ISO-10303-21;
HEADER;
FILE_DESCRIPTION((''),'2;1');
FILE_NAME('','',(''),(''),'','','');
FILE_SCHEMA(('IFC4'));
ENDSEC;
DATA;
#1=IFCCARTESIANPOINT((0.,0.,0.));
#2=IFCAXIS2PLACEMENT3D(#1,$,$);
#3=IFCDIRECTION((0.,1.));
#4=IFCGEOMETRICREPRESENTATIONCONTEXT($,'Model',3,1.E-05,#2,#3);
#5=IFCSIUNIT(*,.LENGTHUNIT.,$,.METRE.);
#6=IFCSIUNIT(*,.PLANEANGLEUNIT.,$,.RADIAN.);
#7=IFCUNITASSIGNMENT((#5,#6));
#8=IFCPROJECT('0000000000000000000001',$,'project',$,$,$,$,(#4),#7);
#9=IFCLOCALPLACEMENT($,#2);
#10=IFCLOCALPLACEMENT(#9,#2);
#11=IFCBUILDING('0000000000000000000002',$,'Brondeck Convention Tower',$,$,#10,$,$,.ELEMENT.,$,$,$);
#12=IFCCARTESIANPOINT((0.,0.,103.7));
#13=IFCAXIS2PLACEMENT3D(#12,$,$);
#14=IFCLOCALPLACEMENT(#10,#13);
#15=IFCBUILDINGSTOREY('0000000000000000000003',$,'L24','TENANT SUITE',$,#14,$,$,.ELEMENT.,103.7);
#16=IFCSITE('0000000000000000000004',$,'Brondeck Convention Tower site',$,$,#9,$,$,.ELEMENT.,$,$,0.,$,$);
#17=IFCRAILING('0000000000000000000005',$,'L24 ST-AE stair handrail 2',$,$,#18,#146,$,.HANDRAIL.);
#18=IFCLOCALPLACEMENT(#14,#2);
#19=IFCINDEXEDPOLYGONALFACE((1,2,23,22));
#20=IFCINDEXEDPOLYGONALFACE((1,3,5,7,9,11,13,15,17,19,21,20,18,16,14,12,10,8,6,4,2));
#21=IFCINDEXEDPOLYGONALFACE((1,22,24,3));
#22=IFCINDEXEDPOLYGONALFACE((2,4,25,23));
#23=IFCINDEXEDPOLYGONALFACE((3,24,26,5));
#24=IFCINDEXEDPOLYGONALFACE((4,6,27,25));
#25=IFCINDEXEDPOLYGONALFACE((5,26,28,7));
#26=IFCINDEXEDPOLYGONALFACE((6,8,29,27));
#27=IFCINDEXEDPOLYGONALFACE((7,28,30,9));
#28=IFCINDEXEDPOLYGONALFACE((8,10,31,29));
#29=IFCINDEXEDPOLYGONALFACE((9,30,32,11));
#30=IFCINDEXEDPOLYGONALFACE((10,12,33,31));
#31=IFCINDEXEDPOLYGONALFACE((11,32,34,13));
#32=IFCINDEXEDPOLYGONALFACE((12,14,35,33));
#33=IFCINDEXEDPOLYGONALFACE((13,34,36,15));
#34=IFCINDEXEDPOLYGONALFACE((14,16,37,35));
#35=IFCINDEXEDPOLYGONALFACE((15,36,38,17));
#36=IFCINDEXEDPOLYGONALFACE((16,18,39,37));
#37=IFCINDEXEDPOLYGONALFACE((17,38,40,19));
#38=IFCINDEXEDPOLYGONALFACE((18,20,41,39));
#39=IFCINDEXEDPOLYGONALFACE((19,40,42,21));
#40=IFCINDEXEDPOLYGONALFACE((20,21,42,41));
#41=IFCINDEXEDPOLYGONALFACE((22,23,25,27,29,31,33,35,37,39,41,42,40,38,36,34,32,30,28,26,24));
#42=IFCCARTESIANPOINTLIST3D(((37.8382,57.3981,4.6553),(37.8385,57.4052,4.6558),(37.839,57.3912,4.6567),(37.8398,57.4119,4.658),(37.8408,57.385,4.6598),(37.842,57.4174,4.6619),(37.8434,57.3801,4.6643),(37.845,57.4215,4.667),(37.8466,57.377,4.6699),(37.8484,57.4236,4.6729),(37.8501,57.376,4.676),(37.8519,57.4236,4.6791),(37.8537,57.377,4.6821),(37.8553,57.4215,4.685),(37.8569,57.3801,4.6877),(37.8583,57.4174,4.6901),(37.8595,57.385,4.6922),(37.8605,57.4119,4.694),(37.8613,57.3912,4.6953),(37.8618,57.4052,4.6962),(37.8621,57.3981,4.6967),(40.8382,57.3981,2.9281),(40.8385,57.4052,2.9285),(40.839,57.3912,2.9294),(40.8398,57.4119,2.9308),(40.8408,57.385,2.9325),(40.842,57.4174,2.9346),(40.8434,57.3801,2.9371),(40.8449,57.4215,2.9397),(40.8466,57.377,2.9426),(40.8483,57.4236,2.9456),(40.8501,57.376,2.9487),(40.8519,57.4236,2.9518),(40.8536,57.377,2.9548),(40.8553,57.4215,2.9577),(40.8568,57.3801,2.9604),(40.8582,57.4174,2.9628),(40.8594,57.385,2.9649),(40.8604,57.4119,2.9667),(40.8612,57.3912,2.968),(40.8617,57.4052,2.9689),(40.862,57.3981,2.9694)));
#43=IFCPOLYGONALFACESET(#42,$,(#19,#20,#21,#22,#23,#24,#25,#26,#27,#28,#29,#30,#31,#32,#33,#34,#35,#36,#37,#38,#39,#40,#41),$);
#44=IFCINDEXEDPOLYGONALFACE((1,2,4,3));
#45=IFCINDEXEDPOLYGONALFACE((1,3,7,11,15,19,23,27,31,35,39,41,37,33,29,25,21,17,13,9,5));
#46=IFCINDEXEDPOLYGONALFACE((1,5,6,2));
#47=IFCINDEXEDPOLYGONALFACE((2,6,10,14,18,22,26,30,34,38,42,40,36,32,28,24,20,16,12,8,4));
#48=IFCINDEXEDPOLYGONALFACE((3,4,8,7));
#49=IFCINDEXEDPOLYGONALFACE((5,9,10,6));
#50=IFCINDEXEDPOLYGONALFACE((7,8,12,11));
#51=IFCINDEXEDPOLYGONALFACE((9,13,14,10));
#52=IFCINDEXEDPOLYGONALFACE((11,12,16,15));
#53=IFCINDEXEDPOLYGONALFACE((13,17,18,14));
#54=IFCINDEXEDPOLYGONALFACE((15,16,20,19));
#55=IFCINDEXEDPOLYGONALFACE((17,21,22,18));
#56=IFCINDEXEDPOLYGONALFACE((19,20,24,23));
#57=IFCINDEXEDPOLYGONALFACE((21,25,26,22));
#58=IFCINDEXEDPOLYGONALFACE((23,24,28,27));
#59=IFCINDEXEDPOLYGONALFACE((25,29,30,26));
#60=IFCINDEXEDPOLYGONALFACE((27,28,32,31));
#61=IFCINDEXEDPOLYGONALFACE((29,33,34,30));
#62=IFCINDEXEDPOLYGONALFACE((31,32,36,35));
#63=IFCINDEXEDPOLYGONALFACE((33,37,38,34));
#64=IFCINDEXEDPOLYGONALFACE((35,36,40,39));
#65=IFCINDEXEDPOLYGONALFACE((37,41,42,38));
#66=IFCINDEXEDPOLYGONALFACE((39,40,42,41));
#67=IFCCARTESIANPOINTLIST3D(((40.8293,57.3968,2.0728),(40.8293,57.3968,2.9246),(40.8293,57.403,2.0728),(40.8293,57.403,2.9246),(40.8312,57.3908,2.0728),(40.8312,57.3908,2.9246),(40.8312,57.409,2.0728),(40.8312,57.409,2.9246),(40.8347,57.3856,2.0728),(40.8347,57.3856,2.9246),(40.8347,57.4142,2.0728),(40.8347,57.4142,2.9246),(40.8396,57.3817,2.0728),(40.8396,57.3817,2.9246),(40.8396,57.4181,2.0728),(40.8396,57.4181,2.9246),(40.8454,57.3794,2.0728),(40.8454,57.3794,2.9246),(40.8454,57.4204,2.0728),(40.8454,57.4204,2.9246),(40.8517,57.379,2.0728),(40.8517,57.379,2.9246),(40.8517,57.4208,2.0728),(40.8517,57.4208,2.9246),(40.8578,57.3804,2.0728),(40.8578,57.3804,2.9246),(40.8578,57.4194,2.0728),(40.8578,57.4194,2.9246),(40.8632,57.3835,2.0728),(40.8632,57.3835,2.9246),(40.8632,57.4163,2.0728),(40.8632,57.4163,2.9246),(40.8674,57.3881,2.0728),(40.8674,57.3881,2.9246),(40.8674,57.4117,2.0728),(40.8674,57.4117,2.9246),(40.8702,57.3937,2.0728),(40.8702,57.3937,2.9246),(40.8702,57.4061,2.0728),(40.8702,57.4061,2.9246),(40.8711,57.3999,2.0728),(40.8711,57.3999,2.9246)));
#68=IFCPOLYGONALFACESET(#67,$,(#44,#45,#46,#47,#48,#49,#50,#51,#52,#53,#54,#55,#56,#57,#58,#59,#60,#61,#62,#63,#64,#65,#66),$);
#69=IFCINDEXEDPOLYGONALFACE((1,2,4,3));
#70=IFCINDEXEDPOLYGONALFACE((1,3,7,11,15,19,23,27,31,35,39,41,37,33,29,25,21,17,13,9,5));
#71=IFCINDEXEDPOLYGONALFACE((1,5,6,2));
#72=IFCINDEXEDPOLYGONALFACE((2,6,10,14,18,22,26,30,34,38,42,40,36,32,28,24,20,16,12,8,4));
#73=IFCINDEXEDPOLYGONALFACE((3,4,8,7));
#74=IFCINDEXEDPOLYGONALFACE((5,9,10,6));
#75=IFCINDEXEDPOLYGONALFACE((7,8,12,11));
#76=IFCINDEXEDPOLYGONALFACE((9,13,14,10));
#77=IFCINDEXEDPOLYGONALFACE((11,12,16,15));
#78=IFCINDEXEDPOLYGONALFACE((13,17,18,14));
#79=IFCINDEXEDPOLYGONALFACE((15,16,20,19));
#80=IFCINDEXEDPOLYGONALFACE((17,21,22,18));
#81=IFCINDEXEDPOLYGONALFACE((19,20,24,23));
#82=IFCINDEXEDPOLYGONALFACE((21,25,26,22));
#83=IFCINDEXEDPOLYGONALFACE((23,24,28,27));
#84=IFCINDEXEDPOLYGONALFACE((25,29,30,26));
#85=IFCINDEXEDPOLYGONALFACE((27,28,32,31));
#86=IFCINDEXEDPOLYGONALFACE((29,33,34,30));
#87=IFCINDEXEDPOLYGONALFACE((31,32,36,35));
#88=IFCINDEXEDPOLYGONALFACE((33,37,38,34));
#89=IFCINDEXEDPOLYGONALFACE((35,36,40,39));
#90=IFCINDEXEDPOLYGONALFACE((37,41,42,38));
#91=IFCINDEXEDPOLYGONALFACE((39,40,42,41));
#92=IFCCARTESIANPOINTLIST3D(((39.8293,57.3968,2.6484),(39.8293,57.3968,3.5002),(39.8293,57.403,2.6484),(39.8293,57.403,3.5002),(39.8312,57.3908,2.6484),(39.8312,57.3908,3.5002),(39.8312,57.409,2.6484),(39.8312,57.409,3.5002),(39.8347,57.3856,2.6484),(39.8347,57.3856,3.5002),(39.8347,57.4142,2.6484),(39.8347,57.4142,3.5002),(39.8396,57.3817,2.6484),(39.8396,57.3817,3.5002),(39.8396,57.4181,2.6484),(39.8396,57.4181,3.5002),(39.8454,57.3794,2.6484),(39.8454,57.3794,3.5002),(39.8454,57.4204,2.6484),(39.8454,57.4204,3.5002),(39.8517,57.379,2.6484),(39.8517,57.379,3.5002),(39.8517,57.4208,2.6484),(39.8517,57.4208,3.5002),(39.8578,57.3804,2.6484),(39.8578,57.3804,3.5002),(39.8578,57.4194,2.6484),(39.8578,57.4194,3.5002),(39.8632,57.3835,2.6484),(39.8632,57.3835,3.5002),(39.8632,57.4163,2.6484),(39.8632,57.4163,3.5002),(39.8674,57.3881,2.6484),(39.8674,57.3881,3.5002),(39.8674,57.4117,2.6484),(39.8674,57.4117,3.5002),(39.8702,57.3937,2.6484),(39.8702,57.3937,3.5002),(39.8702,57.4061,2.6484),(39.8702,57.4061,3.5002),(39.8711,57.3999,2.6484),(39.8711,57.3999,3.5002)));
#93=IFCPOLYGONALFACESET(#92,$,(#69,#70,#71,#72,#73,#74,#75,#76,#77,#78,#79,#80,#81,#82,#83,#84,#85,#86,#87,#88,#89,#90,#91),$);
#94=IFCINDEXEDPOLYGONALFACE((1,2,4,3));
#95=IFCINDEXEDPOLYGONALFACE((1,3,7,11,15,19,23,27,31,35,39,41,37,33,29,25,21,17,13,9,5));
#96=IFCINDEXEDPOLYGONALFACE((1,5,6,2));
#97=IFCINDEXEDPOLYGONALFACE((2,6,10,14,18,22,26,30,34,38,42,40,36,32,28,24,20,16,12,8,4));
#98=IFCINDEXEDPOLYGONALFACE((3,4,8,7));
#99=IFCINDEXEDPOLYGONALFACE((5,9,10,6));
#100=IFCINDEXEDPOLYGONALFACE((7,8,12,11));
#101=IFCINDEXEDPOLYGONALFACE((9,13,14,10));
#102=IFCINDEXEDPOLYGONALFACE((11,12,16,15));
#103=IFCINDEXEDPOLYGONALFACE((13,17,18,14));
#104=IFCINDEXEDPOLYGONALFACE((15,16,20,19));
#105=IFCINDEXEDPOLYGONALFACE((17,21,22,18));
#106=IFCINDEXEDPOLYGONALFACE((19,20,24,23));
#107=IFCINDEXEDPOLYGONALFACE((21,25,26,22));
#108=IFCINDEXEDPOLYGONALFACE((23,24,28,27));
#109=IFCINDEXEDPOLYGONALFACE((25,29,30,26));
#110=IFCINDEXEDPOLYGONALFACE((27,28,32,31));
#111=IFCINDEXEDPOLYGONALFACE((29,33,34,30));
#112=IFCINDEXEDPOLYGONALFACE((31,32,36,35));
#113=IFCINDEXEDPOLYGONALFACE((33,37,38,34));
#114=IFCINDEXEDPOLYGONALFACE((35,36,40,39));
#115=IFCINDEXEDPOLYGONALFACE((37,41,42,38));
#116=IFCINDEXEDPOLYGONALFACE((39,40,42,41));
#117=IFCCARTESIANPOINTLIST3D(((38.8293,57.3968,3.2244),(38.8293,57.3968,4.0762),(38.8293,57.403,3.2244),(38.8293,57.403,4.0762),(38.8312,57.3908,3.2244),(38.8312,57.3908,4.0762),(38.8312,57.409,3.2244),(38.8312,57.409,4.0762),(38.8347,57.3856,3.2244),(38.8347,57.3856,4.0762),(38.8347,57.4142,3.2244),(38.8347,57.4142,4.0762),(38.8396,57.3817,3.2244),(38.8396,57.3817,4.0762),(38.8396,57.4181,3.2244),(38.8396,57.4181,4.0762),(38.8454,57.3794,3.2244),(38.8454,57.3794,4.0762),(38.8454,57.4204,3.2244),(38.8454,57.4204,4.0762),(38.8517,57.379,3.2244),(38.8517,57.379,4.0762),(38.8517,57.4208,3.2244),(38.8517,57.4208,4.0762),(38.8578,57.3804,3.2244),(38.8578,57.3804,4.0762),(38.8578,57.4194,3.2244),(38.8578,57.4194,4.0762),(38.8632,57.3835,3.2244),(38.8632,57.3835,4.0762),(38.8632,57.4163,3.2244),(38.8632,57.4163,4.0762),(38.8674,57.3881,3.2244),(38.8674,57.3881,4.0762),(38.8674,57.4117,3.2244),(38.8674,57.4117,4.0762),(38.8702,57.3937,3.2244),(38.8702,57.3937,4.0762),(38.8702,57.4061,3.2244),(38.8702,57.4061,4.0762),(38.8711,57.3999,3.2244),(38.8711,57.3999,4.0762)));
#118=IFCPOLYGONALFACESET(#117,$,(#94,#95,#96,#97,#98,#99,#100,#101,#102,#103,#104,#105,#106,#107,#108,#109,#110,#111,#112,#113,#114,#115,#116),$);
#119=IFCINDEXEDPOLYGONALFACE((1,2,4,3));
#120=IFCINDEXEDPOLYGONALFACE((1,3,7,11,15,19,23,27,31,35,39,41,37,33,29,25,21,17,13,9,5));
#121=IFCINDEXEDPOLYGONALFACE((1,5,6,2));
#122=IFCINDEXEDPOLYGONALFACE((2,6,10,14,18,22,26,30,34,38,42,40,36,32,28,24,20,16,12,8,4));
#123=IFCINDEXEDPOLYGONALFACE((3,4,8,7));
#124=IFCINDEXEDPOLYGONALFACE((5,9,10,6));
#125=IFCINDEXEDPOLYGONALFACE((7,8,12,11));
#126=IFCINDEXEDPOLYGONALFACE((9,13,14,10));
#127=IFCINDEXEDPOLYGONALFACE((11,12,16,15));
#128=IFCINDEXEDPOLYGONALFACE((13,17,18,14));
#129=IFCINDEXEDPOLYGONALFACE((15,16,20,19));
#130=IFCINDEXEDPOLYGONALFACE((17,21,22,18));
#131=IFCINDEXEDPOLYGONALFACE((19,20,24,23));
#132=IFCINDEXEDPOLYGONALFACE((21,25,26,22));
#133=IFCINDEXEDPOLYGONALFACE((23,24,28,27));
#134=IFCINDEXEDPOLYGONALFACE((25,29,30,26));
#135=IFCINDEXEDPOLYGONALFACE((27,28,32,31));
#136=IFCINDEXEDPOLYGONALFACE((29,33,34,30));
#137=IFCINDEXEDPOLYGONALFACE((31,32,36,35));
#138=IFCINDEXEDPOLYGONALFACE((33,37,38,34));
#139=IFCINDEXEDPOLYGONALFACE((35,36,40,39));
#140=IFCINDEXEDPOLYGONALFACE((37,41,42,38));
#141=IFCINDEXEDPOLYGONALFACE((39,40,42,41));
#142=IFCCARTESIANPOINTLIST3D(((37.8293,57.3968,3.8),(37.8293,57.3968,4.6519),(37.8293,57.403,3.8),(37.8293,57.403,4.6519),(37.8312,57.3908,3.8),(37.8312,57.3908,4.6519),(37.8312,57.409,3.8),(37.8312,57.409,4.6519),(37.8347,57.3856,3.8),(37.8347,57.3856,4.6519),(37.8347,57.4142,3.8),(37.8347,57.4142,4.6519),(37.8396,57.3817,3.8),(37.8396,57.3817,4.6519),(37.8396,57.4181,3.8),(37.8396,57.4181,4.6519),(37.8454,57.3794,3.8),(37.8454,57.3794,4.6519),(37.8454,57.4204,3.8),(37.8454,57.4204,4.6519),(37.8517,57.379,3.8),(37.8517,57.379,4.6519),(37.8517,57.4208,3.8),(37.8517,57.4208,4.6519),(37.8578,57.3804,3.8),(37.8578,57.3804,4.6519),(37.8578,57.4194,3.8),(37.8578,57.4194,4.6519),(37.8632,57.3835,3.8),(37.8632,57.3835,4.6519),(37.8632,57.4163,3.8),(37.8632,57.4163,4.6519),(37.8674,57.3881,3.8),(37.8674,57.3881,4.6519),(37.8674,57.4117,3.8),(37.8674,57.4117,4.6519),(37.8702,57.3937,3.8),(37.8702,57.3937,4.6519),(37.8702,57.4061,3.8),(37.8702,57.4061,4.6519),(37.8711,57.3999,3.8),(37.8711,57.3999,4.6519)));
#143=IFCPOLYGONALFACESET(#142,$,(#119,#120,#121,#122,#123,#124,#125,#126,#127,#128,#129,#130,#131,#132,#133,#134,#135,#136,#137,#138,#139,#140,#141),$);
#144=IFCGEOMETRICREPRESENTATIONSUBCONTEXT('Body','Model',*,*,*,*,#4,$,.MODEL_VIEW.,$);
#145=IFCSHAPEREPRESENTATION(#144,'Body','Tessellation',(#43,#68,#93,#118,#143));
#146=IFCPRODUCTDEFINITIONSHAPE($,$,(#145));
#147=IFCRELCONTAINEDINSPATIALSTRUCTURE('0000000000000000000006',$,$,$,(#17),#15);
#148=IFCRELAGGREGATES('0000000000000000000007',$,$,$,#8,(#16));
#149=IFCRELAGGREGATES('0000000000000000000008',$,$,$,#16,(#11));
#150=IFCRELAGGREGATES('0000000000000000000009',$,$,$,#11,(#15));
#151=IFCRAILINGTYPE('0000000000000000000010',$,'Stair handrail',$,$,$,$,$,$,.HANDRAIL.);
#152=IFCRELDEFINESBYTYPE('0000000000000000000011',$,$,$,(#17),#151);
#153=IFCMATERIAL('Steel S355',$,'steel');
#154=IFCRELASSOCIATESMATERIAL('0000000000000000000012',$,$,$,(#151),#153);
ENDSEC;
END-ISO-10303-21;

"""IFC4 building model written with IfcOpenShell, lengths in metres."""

from ifc_helpers import new_model, si_unit, direction, frame, origin, origin_2d, place, context, subcontext, project, spatial, circle, extrude, material, type_object, element, save


model = new_model("IFC4")

# Units and contexts
model_context = context("Model", 3, precision=1e-05, world=origin(), true_north=direction((0.0, 1.0)))
body_context = subcontext(model_context, "Body", "Model", "MODEL_VIEW")
ifc_project = project(units=[si_unit("LENGTHUNIT", "METRE"), si_unit("PLANEANGLEUNIT", "RADIAN")], contexts=[model_context])

# Site, building, storey
site_placement = place(None, origin())
site = spatial("IfcSite", under=ifc_project, at=site_placement, Name="Brondeck Convention Tower site", CompositionType="ELEMENT", RefElevation=0.0)
building_placement = place(site_placement, origin())
building = spatial("IfcBuilding", under=site, at=building_placement, Name="Brondeck Convention Tower", CompositionType="ELEMENT")
storey_placement = place(building_placement, frame((0.0, 0.0, 103.7)))
storey = spatial("IfcBuildingStorey", under=building, at=storey_placement, Name="L24", Description="TENANT SUITE", CompositionType="ELEMENT", Elevation=103.7)

# Shared definitions
ifc_material_1 = material(Name="Steel S355", Category="steel")

# Railing
railing_type_1 = type_object("IfcRailingType", Name="Stair handrail", PredefinedType="HANDRAIL", material=ifc_material_1)
railing_1_placement = place(storey_placement, frame((40.8501, 57.3999, 2.0728)))
element("IfcRailing", 1, at=railing_1_placement, inside=storey, type_object=railing_type_1, Name="L24 ST-AE stair handrail 2", PredefinedType="HANDRAIL", context=body_context, shape_type="SweptSolid", body=[
    extrude(circle(Radius=0.0239, at=origin_2d()), frame((0.0, 0.0, 0.876), z_axis=(-0.86662, 0.0, 0.498969), x_axis=(0.0, -1.0, 0.0)), (0.0, 0.0, 1.0), 3.4617),
    extrude(circle(Radius=0.021, at=origin_2d()), origin(), (0.0, 0.0, 1.0), 0.8518),
    extrude(circle(Radius=0.021, at=origin_2d()), frame((-1.0, 0.0, 0.5757)), (0.0, 0.0, 1.0), 0.8518),
    extrude(circle(Radius=0.021, at=origin_2d()), frame((-2.0, 0.0, 1.1516)), (0.0, 0.0, 1.0), 0.8518),
    extrude(circle(Radius=0.021, at=origin_2d()), frame((-3.0, 0.0, 1.7273)), (0.0, 0.0, 1.0), 0.8518),
])

save(model, "model.ifc")
